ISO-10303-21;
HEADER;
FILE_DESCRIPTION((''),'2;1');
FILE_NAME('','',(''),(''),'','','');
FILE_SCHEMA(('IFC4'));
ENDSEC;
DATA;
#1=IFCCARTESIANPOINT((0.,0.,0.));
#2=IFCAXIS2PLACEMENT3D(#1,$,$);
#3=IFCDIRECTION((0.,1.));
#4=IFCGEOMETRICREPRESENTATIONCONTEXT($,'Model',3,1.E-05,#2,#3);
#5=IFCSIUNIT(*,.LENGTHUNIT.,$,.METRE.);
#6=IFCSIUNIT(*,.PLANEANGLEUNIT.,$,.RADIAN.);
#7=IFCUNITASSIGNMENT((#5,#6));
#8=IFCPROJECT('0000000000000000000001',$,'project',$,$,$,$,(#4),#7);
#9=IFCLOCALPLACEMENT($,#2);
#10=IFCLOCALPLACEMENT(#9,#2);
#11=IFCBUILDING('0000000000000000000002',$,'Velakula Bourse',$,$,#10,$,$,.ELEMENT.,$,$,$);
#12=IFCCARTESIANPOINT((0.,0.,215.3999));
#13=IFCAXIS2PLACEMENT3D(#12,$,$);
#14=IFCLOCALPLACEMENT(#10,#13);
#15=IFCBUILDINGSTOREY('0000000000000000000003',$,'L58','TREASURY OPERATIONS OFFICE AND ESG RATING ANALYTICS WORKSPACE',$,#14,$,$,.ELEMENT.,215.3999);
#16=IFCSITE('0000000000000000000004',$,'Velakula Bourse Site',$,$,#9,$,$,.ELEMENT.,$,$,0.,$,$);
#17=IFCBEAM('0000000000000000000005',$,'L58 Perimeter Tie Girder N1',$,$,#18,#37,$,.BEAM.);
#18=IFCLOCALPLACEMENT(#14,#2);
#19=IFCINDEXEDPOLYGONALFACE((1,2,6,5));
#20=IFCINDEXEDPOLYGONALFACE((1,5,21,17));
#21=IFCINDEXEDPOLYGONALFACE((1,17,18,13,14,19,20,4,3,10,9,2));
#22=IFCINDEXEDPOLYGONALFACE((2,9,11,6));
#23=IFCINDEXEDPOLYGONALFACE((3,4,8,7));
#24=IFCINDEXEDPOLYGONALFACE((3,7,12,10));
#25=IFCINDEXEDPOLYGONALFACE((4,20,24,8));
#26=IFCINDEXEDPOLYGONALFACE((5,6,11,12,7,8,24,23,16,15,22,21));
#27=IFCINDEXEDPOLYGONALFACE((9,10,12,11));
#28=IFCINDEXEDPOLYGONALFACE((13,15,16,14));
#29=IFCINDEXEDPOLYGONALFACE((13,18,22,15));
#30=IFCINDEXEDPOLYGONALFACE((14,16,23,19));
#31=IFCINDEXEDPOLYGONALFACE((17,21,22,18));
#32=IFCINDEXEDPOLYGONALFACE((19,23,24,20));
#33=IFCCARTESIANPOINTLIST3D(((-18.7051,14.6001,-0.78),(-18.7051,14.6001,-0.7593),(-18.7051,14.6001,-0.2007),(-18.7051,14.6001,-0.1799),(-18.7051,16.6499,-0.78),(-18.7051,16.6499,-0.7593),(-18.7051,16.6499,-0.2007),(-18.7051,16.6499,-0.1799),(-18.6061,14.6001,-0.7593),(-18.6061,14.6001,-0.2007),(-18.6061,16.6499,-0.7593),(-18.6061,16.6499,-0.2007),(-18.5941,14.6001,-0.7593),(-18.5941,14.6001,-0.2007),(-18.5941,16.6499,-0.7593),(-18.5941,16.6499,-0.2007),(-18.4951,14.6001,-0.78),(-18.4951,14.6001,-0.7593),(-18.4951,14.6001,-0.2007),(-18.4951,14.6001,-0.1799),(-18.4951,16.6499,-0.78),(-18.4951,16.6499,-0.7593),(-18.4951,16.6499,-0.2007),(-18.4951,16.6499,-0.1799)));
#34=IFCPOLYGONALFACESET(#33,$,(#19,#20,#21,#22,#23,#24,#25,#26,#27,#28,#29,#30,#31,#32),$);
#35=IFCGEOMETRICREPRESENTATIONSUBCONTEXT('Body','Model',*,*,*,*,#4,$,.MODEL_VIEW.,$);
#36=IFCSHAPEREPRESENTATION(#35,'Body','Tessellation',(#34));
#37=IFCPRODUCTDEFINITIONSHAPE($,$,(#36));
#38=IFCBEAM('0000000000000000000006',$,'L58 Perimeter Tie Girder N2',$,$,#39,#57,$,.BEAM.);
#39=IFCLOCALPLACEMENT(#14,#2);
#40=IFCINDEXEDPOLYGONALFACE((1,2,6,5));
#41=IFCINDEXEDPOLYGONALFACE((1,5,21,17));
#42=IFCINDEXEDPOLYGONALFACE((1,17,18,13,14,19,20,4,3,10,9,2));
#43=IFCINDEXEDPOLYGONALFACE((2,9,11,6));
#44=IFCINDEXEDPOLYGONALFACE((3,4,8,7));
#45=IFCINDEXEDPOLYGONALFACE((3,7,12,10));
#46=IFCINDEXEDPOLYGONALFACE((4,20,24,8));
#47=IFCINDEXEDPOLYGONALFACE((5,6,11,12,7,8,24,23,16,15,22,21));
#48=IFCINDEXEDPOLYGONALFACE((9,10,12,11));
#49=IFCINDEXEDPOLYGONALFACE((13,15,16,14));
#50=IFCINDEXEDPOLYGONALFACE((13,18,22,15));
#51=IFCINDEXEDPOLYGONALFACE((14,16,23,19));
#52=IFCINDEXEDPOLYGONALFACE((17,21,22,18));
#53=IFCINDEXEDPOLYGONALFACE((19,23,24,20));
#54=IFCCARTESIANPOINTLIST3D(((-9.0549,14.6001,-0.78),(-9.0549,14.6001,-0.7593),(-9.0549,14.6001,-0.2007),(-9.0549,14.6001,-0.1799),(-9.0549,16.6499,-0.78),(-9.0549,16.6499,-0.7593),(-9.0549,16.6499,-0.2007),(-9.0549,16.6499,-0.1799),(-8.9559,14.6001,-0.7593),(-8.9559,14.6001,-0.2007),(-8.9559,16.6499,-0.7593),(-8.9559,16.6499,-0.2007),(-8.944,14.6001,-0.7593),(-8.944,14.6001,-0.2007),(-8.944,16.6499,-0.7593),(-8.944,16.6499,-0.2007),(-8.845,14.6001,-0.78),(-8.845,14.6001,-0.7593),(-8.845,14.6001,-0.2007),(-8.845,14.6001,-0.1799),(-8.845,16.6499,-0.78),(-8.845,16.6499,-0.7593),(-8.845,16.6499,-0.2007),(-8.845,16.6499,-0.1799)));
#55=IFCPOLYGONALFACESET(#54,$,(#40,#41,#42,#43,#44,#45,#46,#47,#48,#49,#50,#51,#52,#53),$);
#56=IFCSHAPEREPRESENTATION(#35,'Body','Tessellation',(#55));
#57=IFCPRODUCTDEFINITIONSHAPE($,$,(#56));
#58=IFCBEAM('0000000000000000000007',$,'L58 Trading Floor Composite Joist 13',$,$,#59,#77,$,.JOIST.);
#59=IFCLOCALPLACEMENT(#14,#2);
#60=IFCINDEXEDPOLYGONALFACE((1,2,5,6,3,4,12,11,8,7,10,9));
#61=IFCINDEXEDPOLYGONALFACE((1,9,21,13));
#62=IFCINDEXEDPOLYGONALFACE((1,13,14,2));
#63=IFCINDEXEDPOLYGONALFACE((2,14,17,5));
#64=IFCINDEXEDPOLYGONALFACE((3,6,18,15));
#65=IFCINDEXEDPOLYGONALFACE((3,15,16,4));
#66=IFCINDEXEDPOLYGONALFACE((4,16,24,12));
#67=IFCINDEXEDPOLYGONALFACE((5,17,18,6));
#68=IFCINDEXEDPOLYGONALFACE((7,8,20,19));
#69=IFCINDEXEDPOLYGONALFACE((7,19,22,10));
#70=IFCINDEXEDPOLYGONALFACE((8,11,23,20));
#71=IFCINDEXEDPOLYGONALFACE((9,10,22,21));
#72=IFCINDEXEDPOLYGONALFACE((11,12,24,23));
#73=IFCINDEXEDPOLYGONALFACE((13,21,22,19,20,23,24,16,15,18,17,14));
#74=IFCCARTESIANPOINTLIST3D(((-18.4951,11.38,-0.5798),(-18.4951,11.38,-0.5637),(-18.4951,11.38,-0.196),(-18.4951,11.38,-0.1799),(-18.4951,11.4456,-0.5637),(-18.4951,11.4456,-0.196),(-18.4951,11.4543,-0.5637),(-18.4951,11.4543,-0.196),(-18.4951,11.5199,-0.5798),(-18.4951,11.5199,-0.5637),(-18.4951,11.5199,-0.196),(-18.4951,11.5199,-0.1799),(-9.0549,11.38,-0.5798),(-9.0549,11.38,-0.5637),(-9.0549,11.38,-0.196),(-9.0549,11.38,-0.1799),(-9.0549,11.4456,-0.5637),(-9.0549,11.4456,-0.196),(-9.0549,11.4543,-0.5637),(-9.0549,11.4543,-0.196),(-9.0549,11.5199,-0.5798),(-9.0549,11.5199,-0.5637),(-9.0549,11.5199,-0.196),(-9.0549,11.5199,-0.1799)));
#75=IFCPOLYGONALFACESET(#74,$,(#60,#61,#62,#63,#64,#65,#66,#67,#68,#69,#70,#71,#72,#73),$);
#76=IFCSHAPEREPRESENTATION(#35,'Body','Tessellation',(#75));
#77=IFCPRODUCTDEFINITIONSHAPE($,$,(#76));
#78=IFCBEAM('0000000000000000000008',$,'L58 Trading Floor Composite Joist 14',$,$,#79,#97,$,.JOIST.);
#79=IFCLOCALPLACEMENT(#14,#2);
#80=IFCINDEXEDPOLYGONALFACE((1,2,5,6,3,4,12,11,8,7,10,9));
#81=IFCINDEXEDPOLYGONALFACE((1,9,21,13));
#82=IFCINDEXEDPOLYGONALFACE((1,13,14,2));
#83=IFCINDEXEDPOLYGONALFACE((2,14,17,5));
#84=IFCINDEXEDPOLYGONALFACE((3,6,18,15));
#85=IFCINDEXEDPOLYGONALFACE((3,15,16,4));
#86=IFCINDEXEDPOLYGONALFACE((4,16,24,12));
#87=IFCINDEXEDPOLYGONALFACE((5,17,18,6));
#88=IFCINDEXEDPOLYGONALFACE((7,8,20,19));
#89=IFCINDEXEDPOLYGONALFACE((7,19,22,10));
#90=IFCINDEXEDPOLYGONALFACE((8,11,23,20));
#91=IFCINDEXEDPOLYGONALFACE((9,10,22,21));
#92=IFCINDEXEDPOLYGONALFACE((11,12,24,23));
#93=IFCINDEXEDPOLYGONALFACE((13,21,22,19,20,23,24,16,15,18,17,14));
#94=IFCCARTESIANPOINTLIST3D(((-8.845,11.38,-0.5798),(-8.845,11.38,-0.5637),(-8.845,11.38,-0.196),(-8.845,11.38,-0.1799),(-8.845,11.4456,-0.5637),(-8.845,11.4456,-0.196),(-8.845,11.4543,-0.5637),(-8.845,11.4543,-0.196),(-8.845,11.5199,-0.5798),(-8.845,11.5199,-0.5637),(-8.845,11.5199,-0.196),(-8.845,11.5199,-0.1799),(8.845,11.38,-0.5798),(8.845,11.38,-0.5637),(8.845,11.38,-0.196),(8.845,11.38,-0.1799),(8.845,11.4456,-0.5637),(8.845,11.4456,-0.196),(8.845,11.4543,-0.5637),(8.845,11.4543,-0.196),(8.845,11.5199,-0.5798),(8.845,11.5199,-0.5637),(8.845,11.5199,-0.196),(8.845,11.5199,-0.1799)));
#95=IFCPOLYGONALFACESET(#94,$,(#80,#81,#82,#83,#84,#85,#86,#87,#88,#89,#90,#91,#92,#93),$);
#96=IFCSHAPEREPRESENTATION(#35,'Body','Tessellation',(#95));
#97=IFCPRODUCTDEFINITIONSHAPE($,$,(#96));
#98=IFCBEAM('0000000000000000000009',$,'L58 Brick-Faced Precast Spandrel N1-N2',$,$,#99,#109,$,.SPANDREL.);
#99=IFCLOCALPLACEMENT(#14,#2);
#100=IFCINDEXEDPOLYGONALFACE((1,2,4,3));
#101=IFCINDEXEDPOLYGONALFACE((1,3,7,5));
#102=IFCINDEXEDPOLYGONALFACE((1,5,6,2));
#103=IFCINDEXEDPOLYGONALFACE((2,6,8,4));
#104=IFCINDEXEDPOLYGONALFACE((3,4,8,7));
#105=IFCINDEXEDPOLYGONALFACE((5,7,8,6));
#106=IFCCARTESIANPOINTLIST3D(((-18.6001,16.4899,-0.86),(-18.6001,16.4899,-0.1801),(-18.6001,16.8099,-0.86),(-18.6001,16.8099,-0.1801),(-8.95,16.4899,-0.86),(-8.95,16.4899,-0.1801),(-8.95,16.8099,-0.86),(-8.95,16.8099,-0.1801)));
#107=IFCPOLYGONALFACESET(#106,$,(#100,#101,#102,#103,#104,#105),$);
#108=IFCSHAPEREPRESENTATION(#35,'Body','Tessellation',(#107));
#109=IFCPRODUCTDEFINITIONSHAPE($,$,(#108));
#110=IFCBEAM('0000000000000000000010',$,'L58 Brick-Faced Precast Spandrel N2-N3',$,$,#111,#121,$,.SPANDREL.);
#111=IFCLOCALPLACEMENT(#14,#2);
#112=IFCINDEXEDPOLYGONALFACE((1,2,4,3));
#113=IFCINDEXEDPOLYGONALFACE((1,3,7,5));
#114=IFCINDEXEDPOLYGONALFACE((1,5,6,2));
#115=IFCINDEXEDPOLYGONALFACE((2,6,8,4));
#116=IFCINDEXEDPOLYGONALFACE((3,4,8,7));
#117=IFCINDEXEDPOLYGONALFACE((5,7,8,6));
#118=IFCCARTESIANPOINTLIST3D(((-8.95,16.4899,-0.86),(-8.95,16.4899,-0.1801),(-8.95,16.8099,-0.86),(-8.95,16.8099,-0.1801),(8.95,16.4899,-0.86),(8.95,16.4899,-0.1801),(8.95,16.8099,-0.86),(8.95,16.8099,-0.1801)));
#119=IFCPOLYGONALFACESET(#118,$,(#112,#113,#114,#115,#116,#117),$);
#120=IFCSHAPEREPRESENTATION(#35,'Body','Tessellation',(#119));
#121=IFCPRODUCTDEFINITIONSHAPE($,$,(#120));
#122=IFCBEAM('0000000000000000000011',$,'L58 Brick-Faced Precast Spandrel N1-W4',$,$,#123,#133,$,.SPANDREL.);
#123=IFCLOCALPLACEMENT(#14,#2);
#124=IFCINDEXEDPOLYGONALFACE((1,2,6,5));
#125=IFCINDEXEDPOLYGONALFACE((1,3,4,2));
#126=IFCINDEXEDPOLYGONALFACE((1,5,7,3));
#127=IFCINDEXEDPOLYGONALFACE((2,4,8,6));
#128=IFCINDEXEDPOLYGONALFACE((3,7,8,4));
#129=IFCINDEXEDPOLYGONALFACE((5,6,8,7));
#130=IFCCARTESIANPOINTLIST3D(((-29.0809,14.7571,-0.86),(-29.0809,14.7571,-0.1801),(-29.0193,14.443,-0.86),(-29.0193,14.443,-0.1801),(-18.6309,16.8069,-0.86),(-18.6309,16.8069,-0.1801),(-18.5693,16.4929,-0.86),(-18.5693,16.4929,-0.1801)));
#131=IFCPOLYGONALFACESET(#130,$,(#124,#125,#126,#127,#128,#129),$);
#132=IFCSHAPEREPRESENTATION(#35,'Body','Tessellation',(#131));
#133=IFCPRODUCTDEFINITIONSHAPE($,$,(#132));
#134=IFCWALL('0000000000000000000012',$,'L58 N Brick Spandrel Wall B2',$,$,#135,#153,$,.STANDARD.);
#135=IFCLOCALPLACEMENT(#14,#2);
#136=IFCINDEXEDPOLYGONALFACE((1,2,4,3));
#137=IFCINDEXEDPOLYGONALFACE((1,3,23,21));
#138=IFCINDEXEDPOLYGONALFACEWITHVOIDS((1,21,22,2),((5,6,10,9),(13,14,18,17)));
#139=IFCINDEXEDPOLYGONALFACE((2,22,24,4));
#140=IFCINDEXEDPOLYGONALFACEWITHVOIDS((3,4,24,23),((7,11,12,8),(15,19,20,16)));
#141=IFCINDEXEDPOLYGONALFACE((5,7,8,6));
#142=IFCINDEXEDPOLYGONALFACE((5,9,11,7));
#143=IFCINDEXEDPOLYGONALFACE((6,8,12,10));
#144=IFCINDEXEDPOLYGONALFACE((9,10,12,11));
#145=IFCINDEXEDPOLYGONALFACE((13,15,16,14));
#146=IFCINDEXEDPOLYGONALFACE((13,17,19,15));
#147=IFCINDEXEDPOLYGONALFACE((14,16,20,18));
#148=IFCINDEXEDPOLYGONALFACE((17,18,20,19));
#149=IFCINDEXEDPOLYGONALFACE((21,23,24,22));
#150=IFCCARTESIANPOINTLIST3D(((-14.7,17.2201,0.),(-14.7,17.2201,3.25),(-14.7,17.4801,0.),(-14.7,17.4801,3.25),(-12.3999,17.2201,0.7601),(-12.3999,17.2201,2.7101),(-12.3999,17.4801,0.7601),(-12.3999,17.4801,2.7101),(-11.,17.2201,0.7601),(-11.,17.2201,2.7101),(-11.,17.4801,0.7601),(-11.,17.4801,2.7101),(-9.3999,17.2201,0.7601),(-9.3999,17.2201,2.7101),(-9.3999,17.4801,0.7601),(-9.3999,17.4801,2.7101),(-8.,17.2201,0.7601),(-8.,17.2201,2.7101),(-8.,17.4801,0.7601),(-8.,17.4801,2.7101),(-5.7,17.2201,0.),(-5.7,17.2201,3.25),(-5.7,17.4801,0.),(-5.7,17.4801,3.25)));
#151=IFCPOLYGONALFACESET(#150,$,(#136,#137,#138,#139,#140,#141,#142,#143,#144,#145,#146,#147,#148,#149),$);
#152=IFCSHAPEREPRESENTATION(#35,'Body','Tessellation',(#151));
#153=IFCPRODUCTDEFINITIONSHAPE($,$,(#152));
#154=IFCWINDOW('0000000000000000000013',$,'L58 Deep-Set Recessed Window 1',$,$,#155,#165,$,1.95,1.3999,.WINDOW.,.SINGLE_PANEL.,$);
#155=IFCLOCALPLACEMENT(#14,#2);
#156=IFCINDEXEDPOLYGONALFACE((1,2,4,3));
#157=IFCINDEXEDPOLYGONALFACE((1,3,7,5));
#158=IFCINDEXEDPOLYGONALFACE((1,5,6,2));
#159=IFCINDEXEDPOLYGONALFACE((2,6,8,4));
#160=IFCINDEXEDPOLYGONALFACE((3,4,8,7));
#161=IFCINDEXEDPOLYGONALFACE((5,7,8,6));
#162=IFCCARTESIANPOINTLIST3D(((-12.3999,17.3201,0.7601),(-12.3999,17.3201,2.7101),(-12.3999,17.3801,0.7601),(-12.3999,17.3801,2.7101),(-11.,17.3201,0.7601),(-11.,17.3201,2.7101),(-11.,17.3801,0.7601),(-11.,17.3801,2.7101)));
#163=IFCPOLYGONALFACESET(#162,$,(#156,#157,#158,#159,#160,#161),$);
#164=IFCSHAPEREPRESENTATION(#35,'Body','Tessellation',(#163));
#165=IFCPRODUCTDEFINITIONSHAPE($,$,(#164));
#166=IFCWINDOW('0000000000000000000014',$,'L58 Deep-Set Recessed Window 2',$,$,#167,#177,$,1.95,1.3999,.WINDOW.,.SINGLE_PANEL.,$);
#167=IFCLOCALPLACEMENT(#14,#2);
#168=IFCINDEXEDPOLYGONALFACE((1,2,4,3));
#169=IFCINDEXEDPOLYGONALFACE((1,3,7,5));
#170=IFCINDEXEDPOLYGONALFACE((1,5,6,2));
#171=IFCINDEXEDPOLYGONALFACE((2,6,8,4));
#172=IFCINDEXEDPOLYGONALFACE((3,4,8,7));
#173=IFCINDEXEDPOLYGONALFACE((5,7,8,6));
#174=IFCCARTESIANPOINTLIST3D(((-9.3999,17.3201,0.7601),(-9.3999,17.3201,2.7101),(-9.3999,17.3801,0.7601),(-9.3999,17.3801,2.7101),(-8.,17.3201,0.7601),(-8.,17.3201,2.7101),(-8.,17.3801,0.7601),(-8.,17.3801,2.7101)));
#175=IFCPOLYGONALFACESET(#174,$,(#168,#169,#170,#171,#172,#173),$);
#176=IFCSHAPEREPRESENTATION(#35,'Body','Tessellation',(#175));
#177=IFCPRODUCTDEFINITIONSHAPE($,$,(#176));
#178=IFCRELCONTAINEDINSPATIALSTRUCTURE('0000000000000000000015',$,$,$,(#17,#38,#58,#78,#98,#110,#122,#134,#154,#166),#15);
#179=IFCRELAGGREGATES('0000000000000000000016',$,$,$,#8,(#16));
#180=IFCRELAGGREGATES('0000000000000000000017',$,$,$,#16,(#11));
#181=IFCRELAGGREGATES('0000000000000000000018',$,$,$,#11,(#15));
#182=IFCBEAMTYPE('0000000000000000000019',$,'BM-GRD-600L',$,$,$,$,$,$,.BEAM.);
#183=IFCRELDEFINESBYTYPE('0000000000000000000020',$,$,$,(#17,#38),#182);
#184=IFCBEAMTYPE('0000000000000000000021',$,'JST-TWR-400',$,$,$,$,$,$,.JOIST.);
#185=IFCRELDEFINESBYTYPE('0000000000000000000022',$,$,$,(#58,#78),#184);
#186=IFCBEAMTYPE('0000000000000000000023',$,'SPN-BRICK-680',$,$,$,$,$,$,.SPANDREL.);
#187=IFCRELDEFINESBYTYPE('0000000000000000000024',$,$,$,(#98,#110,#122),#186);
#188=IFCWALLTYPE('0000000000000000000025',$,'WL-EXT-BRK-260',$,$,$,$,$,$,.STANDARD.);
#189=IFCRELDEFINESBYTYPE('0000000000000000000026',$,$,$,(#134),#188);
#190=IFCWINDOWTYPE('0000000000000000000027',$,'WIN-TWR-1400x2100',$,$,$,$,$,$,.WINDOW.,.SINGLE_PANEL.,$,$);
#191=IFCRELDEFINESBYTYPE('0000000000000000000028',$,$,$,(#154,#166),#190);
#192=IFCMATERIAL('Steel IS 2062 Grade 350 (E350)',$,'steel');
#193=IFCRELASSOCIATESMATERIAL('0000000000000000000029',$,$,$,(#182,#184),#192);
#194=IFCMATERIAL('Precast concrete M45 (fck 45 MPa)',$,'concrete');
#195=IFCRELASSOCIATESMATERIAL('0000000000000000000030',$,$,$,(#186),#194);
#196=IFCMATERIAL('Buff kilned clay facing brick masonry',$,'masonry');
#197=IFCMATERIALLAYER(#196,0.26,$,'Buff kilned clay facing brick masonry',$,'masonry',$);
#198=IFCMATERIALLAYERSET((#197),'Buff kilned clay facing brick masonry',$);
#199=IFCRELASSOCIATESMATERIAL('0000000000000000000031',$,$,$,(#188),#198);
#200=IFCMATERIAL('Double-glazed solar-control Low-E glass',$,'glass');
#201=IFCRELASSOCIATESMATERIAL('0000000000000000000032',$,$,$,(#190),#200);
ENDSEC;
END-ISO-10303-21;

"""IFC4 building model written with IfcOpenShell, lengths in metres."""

from ifc_helpers import new_model, si_unit, direction, frame, frame_2d, origin, origin_2d, place, context, subcontext, project, spatial, rectangle, i_section, extrude, material, layer, layer_set, material_profile, profile_set, type_object, element, fill, save


model = new_model("IFC4")

# Units and contexts
model_context = context("Model", 3, precision=1e-05, world=origin(), true_north=direction((0.0, 1.0)))
body_context = subcontext(model_context, "Body", "Model", "MODEL_VIEW")
ifc_project = project(units=[si_unit("LENGTHUNIT", "METRE"), si_unit("PLANEANGLEUNIT", "RADIAN")], contexts=[model_context])

# Site, building, storey
site_placement = place(None, origin())
site = spatial("IfcSite", under=ifc_project, at=site_placement, Name="Velakula Bourse Site", CompositionType="ELEMENT", RefElevation=0.0)
building_placement = place(site_placement, origin())
building = spatial("IfcBuilding", under=site, at=building_placement, Name="Velakula Bourse", CompositionType="ELEMENT")
storey_placement = place(building_placement, frame((0.0, 0.0, 215.3999)))
storey = spatial("IfcBuildingStorey", under=building, at=storey_placement, Name="L58", Description="TREASURY OPERATIONS OFFICE AND ESG RATING ANALYTICS WORKSPACE", CompositionType="ELEMENT", Elevation=215.3999)

# Shared definitions
ifc_material_1 = material(Name="Steel IS 2062 Grade 350 (E350)", Category="steel")

# Beams
ifc_material_profile_1 = material_profile(ifc_material_1, i_section(OverallWidth=0.21, OverallDepth=0.6001, WebThickness=0.012, FlangeThickness=0.0208, at=origin_2d()), Name="Steel IS 2062 Grade 350 (E350)")
ifc_profile_set_1 = profile_set([ifc_material_profile_1], Name="Steel IS 2062 Grade 350 (E350)")
beam_type_1 = type_object("IfcBeamType", Name="BM-GRD-600L", PredefinedType="BEAM", material=ifc_profile_set_1)
for number, where, z_axis, x_axis, name in (
    (1, (-18.6001, 14.6001, -0.48), (0.0, 1.0, 0.0), (-1.0, 0.0, 0.0), "L58 Perimeter Tie Girder N1"),
    (2, (-8.95, 14.6001, -0.48), (0.0, 1.0, 0.0), (-1.0, 0.0, 0.0), "L58 Perimeter Tie Girder N2"),
):
    element("IfcBeam", number, at=place(storey_placement, frame(where, z_axis=z_axis, x_axis=x_axis)), inside=storey, type_object=beam_type_1, Name=name, PredefinedType="BEAM", context=body_context, shape_type="SweptSolid", body=[
        extrude(i_section(OverallWidth=0.21, OverallDepth=0.6001, WebThickness=0.012, FlangeThickness=0.0208, at=origin_2d()), origin(), (0.0, 0.0, 1.0), 2.0498),
    ])
ifc_material_profile_2 = material_profile(ifc_material_1, i_section(OverallWidth=0.1399, OverallDepth=0.3999, WebThickness=0.0088, FlangeThickness=0.0161, at=origin_2d()), Name="Steel IS 2062 Grade 350 (E350)")
ifc_profile_set_2 = profile_set([ifc_material_profile_2], Name="Steel IS 2062 Grade 350 (E350)")
beam_type_2 = type_object("IfcBeamType", Name="JST-TWR-400", PredefinedType="JOIST", material=ifc_profile_set_2)
beam_1_placement = place(storey_placement, frame((-18.4951, 11.45, -0.3799), z_axis=(1.0, 0.0, 0.0), x_axis=(0.0, 1.0, 0.0)))
element("IfcBeam", 3, at=beam_1_placement, inside=storey, type_object=beam_type_2, Name="L58 Trading Floor Composite Joist 13", PredefinedType="JOIST", context=body_context, shape_type="SweptSolid", body=[
    extrude(i_section(OverallWidth=0.1399, OverallDepth=0.3999, WebThickness=0.0088, FlangeThickness=0.0161, at=origin_2d()), origin(), (0.0, 0.0, 1.0), 9.4402),
])
beam_2_placement = place(storey_placement, frame((-8.845, 11.45, -0.3799), z_axis=(1.0, 0.0, 0.0), x_axis=(0.0, 1.0, 0.0)))
element("IfcBeam", 4, at=beam_2_placement, inside=storey, type_object=beam_type_2, Name="L58 Trading Floor Composite Joist 14", PredefinedType="JOIST", context=body_context, shape_type="SweptSolid", body=[
    extrude(i_section(OverallWidth=0.1399, OverallDepth=0.3999, WebThickness=0.0088, FlangeThickness=0.0161, at=origin_2d()), origin(), (0.0, 0.0, 1.0), 17.6899),
])
ifc_material_2 = material(Name="Precast concrete M45 (fck 45 MPa)", Category="concrete")
ifc_material_profile_3 = material_profile(ifc_material_2, rectangle(XDim=0.3201, YDim=0.6799, at=origin_2d()), Name="Precast concrete M45 (fck 45 MPa)")
ifc_profile_set_3 = profile_set([ifc_material_profile_3], Name="Precast concrete M45 (fck 45 MPa)")
beam_type_3 = type_object("IfcBeamType", Name="SPN-BRICK-680", PredefinedType="SPANDREL", material=ifc_profile_set_3)
beam_3_placement = place(storey_placement, frame((-18.6001, 16.6499, -0.52), z_axis=(1.0, 0.0, 0.0), x_axis=(0.0, 1.0, 0.0)))
element("IfcBeam", 5, at=beam_3_placement, inside=storey, type_object=beam_type_3, Name="L58 Brick-Faced Precast Spandrel N1-N2", PredefinedType="SPANDREL", context=body_context, shape_type="SweptSolid", body=[
    extrude(rectangle(XDim=0.3201, YDim=0.6799, at=origin_2d()), origin(), (0.0, 0.0, 1.0), 9.6501),
])
beam_4_placement = place(storey_placement, frame((-8.95, 16.6499, -0.52), z_axis=(1.0, 0.0, 0.0), x_axis=(0.0, 1.0, 0.0)))
element("IfcBeam", 6, at=beam_4_placement, inside=storey, type_object=beam_type_3, Name="L58 Brick-Faced Precast Spandrel N2-N3", PredefinedType="SPANDREL", context=body_context, shape_type="SweptSolid", body=[
    extrude(rectangle(XDim=0.3201, YDim=0.6799, at=origin_2d()), origin(), (0.0, 0.0, 1.0), 17.8999),
])
beam_5_placement = place(storey_placement, frame((-18.6001, 16.6499, -0.52), z_axis=(-0.9813, -0.192486, 0.0), x_axis=(0.192486, -0.9813, 0.0)))
element("IfcBeam", 7, at=beam_5_placement, inside=storey, type_object=beam_type_3, Name="L58 Brick-Faced Precast Spandrel N1-W4", PredefinedType="SPANDREL", context=body_context, shape_type="SweptSolid", body=[
    extrude(rectangle(XDim=0.3201, YDim=0.6799, at=origin_2d()), origin(), (0.0, 0.0, 1.0), 10.6492),
])

# Wall, openings, windows
ifc_material_3 = material(Name="Buff kilned clay facing brick masonry", Category="masonry")
ifc_layer_1 = layer(ifc_material_3, 0.26, Name="Buff kilned clay facing brick masonry", Category="masonry")
ifc_layer_set_1 = layer_set([ifc_layer_1], Name="Buff kilned clay facing brick masonry")
wall_type_1 = type_object("IfcWallType", Name="WL-EXT-BRK-260", PredefinedType="STANDARD", material=ifc_layer_set_1)
wall_1_placement = place(storey_placement, frame((-14.7, 17.3501, 0.0), z_axis=(0.0, 0.0, 1.0), x_axis=(1.0, 0.0, 0.0)))
wall_1 = element("IfcWall", 8, at=wall_1_placement, inside=storey, type_object=wall_type_1, Name="L58 N Brick Spandrel Wall B2", PredefinedType="STANDARD", context=body_context, shape_type="SweptSolid", body=[
    extrude(rectangle(XDim=9.0, YDim=0.26, at=frame_2d((4.5, 0.0))), origin(), (0.0, 0.0, 1.0), 3.25),
])
opening_1_placement = place(wall_1_placement, frame((2.3, 0.0, 0.76)))
opening_1 = element("IfcOpeningElement", 9, at=opening_1_placement, cuts=wall_1, PredefinedType="OPENING", context=body_context, shape_type="SweptSolid", body=[
    extrude(rectangle(XDim=1.3999, YDim=1.95, at=frame_2d((0.7, 0.9751))), frame((0.0, 0.1399, 0.0), z_axis=(0.0, -1.0, 0.0), x_axis=(1.0, 0.0, 0.0)), (0.0, 0.0, 1.0), 0.28),
])
opening_2_placement = place(wall_1_placement, frame((5.3, 0.0, 0.76)))
opening_2 = element("IfcOpeningElement", 10, at=opening_2_placement, cuts=wall_1, PredefinedType="OPENING", context=body_context, shape_type="SweptSolid", body=[
    extrude(rectangle(XDim=1.3999, YDim=1.95, at=frame_2d((0.7, 0.9751))), frame((0.0, 0.1399, 0.0), z_axis=(0.0, -1.0, 0.0), x_axis=(1.0, 0.0, 0.0)), (0.0, 0.0, 1.0), 0.28),
])
ifc_material_4 = material(Name="Double-glazed solar-control Low-E glass", Category="glass")
window_type = type_object("IfcWindowType", Name="WIN-TWR-1400x2100", PartitioningType="SINGLE_PANEL", PredefinedType="WINDOW", material=ifc_material_4)
window_1_placement = place(opening_1_placement, origin())
window_1 = element("IfcWindow", 11, at=window_1_placement, inside=storey, type_object=window_type, Name="L58 Deep-Set Recessed Window 1", OverallHeight=1.95, OverallWidth=1.3999, PartitioningType="SINGLE_PANEL", PredefinedType="WINDOW", context=body_context, shape_type="SweptSolid", body=[
    extrude(rectangle(XDim=1.3999, YDim=1.95, at=frame_2d((0.7, 0.9751))), frame((0.0, 0.03, 0.0), z_axis=(0.0, -1.0, 0.0), x_axis=(1.0, 0.0, 0.0)), (0.0, 0.0, 1.0), 0.0601),
])
fill(opening_1, window_1)
window_2_placement = place(opening_2_placement, origin())
window_2 = element("IfcWindow", 12, at=window_2_placement, inside=storey, type_object=window_type, Name="L58 Deep-Set Recessed Window 2", OverallHeight=1.95, OverallWidth=1.3999, PartitioningType="SINGLE_PANEL", PredefinedType="WINDOW", context=body_context, shape_type="SweptSolid", body=[
    extrude(rectangle(XDim=1.3999, YDim=1.95, at=frame_2d((0.7, 0.9751))), frame((0.0, 0.03, 0.0), z_axis=(0.0, -1.0, 0.0), x_axis=(1.0, 0.0, 0.0)), (0.0, 0.0, 1.0), 0.0601),
])
fill(opening_2, window_2)

save(model, "model.ifc")
